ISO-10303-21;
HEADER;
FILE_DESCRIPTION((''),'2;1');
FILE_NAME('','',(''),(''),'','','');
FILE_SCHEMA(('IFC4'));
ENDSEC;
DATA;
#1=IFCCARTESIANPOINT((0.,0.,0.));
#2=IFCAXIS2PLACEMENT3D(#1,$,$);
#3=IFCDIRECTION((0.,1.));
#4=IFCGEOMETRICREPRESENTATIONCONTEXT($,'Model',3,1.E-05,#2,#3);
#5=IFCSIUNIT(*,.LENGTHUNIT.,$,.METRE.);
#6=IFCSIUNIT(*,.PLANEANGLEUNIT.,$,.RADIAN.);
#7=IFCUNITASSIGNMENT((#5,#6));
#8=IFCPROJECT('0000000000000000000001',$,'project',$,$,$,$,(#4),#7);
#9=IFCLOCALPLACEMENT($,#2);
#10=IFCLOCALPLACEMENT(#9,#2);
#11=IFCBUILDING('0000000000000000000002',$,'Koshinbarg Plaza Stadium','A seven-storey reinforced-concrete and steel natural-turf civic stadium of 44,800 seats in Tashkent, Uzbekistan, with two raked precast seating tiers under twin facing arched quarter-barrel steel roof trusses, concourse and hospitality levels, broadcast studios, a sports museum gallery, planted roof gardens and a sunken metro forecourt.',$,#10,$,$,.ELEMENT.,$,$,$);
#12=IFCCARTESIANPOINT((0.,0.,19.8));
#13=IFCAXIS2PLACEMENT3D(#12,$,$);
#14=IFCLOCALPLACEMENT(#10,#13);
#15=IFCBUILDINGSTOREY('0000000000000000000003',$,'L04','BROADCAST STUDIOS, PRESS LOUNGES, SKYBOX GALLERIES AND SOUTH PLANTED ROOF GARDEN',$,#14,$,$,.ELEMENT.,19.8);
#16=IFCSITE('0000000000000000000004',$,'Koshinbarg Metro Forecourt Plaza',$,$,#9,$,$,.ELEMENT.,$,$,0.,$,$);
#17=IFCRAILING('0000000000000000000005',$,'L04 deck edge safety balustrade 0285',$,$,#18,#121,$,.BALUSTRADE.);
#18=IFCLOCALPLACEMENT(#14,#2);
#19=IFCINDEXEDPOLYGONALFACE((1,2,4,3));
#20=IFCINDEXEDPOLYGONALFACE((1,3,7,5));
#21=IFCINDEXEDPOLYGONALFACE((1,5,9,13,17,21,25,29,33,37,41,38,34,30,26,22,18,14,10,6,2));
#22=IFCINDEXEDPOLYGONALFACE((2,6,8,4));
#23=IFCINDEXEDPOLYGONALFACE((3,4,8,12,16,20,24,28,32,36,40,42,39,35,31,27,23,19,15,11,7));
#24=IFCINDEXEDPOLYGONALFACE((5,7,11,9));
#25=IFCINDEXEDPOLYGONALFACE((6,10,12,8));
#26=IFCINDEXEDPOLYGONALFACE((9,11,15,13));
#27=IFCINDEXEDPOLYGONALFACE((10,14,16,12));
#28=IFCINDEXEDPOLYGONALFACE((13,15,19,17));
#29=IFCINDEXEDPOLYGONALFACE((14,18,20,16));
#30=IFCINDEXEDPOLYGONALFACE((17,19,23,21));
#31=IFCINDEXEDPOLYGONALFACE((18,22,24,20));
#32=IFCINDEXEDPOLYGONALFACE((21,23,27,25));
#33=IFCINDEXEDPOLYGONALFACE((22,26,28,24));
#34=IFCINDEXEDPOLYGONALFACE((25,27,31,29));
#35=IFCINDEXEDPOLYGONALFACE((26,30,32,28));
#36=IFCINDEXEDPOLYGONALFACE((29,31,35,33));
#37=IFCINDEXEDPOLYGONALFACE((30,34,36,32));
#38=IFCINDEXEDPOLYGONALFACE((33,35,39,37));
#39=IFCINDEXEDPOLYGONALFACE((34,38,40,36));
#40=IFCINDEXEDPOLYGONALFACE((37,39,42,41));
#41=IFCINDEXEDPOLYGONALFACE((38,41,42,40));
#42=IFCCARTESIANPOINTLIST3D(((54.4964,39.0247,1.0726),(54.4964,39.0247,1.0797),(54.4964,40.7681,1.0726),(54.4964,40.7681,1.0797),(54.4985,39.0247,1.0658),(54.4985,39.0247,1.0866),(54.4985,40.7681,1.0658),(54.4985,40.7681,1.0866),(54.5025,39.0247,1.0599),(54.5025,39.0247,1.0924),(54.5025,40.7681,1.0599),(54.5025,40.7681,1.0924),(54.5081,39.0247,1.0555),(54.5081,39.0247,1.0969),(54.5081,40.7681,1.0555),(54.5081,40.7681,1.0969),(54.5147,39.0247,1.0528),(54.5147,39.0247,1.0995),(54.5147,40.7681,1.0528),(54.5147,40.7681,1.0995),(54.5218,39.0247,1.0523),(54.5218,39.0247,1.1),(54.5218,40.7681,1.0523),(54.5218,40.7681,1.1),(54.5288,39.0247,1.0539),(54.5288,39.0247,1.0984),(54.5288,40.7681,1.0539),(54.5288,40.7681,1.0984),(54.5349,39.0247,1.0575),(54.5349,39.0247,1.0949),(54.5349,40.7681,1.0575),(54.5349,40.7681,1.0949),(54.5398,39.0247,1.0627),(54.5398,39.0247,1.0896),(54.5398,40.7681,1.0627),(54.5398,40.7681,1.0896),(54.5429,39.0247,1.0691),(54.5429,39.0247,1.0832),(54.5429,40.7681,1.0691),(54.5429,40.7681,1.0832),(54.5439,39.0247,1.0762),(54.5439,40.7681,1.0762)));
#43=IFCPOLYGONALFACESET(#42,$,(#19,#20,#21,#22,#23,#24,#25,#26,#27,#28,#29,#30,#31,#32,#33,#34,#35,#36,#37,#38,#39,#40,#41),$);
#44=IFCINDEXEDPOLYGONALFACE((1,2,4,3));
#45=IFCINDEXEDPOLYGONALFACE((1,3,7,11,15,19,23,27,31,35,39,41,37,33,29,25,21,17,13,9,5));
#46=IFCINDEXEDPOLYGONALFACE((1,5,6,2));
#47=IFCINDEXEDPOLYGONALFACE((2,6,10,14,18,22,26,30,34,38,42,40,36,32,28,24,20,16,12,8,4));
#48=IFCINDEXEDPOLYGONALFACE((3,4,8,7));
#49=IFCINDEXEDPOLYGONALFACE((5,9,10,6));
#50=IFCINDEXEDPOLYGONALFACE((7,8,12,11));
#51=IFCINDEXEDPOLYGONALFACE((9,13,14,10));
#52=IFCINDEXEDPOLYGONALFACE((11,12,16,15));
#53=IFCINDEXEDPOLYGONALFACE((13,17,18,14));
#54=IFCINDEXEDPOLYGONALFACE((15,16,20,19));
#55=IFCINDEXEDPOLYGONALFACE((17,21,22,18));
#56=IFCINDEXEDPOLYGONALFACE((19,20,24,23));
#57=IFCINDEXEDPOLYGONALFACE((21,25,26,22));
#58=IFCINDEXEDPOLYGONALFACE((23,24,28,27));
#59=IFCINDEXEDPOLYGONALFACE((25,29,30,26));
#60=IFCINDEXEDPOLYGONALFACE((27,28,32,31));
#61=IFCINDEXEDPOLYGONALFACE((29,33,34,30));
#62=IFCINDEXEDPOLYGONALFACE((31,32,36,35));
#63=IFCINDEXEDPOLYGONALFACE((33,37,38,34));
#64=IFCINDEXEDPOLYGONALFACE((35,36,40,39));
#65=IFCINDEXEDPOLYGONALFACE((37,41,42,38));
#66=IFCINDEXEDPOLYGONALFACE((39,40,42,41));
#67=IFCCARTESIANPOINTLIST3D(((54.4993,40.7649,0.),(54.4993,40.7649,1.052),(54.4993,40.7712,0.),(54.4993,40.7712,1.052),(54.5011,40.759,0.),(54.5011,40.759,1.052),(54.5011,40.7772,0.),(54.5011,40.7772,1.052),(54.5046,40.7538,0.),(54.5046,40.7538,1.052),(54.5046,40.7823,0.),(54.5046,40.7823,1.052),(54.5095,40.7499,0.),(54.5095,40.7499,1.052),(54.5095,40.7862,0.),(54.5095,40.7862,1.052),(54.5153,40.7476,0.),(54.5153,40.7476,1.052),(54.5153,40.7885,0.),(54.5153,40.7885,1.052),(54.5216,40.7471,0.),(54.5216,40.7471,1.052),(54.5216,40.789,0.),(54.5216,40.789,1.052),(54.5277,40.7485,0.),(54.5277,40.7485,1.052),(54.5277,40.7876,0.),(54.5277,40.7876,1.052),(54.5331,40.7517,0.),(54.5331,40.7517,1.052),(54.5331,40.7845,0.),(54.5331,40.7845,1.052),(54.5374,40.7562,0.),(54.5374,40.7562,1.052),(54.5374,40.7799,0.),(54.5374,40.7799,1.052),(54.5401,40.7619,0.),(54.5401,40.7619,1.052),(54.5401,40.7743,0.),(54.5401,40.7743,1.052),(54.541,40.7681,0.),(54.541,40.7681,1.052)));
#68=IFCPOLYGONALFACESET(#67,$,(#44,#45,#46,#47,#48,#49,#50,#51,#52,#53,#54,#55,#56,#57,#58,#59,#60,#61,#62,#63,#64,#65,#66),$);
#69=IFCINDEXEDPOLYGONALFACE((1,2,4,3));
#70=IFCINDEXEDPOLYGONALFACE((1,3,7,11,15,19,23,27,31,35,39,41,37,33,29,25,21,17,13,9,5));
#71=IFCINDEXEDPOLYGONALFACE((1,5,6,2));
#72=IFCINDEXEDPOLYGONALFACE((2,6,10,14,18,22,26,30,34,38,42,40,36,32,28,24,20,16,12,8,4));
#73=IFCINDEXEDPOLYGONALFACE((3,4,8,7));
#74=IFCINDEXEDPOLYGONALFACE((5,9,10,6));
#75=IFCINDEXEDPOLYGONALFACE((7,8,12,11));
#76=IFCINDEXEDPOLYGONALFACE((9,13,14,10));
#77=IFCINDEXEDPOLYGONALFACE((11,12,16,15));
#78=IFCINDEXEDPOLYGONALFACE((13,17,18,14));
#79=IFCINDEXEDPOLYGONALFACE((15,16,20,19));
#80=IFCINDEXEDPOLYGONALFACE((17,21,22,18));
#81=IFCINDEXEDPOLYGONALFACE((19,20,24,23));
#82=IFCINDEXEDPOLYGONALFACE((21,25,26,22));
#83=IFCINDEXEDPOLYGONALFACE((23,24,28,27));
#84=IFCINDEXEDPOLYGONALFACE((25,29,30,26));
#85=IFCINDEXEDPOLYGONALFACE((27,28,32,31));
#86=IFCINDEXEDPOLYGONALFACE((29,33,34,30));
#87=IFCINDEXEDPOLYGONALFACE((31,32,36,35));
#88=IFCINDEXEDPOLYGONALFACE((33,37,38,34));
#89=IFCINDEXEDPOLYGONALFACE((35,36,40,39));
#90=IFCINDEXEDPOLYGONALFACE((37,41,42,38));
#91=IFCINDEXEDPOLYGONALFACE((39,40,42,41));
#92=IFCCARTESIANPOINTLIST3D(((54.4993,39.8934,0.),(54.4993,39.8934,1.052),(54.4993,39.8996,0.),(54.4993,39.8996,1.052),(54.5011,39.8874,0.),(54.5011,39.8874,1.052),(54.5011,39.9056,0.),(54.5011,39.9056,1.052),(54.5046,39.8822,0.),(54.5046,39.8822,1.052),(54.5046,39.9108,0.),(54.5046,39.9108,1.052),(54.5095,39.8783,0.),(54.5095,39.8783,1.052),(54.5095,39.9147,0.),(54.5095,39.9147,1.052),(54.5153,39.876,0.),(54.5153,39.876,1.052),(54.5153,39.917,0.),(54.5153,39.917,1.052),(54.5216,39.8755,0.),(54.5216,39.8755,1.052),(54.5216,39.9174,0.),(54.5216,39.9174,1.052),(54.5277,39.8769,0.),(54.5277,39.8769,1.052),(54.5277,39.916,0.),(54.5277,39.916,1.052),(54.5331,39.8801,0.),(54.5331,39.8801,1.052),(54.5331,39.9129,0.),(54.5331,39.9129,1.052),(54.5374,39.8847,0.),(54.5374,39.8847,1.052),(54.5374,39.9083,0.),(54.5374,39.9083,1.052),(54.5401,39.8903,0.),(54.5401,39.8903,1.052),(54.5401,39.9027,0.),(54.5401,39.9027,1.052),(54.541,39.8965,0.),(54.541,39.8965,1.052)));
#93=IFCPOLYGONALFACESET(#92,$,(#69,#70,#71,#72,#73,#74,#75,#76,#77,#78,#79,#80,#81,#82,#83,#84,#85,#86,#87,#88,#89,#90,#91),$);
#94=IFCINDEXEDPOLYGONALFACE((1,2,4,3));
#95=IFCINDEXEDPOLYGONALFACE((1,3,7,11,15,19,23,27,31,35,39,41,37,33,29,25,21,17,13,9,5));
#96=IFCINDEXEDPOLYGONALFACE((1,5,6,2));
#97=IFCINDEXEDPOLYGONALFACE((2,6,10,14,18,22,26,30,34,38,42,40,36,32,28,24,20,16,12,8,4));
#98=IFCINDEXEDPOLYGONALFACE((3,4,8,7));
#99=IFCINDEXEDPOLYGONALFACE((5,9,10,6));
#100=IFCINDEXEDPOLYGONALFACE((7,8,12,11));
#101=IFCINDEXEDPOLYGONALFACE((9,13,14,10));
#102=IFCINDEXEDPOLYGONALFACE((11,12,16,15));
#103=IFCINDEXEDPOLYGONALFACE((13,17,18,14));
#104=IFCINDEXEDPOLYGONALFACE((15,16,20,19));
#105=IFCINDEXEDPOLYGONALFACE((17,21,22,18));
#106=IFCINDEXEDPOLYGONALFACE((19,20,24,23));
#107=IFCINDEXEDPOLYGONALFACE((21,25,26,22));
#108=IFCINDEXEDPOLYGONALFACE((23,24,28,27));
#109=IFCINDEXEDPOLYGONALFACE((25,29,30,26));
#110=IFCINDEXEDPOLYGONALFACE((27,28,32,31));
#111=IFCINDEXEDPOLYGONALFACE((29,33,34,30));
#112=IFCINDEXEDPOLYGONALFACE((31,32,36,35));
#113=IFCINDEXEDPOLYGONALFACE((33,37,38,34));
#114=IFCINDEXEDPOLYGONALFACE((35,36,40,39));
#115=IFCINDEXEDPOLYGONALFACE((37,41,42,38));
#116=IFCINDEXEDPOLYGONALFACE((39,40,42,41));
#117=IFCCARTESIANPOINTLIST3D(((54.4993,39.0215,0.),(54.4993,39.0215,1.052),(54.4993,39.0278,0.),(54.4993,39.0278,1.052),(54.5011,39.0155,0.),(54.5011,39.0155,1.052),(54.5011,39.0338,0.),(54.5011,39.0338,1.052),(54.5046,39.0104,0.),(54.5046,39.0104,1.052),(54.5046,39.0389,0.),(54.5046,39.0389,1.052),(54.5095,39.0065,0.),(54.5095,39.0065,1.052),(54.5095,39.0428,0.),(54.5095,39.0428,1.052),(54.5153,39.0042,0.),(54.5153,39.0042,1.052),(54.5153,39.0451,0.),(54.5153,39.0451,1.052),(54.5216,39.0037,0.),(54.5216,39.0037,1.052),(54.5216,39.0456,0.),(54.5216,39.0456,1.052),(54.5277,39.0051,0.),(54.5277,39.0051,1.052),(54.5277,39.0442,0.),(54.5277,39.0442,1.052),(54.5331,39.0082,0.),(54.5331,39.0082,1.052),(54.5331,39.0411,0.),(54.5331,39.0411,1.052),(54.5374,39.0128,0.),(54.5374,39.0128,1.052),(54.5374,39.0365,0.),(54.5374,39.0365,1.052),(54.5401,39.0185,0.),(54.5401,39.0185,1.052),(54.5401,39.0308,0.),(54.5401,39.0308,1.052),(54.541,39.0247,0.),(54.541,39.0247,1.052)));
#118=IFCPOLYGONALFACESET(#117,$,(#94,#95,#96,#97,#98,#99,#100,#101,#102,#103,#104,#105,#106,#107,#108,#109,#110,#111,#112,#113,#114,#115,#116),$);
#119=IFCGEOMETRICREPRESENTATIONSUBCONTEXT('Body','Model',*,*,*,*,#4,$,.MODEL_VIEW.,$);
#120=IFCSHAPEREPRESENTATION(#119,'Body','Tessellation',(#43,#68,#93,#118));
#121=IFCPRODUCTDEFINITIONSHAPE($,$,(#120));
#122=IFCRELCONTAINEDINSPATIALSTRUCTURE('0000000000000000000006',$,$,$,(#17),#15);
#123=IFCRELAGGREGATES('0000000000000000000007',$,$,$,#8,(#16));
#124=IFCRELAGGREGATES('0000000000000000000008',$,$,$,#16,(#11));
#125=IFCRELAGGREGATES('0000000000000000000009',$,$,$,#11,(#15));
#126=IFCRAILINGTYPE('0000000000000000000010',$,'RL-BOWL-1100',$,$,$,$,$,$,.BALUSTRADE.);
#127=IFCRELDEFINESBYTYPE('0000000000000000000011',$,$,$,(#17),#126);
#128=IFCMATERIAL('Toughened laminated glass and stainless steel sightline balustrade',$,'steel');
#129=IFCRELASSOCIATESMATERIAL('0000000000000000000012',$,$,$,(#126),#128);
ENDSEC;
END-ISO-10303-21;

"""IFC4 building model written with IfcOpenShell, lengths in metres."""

from ifc_helpers import new_model, si_unit, direction, frame, origin, origin_2d, place, context, subcontext, project, spatial, circle, extrude, material, type_object, element, save


model = new_model("IFC4")

# Units and contexts
model_context = context("Model", 3, precision=1e-05, world=origin(), true_north=direction((0.0, 1.0)))
body_context = subcontext(model_context, "Body", "Model", "MODEL_VIEW")
ifc_project = project(units=[si_unit("LENGTHUNIT", "METRE"), si_unit("PLANEANGLEUNIT", "RADIAN")], contexts=[model_context])

# Site, building, storey
site_placement = place(None, origin())
site = spatial("IfcSite", under=ifc_project, at=site_placement, Name="Koshinbarg Metro Forecourt Plaza", CompositionType="ELEMENT", RefElevation=0.0)
building_placement = place(site_placement, origin())
building = spatial("IfcBuilding", under=site, at=building_placement, Name="Koshinbarg Plaza Stadium", Description="A seven-storey reinforced-concrete and steel natural-turf civic stadium of 44,800 seats in Tashkent, Uzbekistan, with two raked precast seating tiers under twin facing arched quarter-barrel steel roof trusses, concourse and hospitality levels, broadcast studios, a sports museum gallery, planted roof gardens and a sunken metro forecourt.", CompositionType="ELEMENT")
storey_placement = place(building_placement, frame((0.0, 0.0, 19.8)))
storey = spatial("IfcBuildingStorey", under=building, at=storey_placement, Name="L04", Description="BROADCAST STUDIOS, PRESS LOUNGES, SKYBOX GALLERIES AND SOUTH PLANTED ROOF GARDEN", CompositionType="ELEMENT", Elevation=19.8)

# Railing
ifc_material_1 = material(Name="Toughened laminated glass and stainless steel sightline balustrade", Category="steel")
railing_type = type_object("IfcRailingType", Name="RL-BOWL-1100", PredefinedType="BALUSTRADE", material=ifc_material_1)
railing_placement = place(storey_placement, frame((54.52, 40.7681, 0.0)))
element("IfcRailing", 1, at=railing_placement, inside=storey, type_object=railing_type, Name="L04 deck edge safety balustrade 0285", PredefinedType="BALUSTRADE", context=body_context, shape_type="SweptSolid", body=[
    extrude(circle(Radius=0.0239, at=origin_2d()), frame((0.0, 0.0, 1.0762), z_axis=(0.0, -1.0, 0.0), x_axis=(1.0, 0.0, 0.0)), (0.0, 0.0, 1.0), 1.7434),
    extrude(circle(Radius=0.021, at=origin_2d()), origin(), (0.0, 0.0, 1.0), 1.052),
    extrude(circle(Radius=0.021, at=origin_2d()), frame((0.0, -0.8716, 0.0)), (0.0, 0.0, 1.0), 1.052),
    extrude(circle(Radius=0.021, at=origin_2d()), frame((0.0, -1.7434, 0.0)), (0.0, 0.0, 1.0), 1.052),
])

save(model, "model.ifc")
